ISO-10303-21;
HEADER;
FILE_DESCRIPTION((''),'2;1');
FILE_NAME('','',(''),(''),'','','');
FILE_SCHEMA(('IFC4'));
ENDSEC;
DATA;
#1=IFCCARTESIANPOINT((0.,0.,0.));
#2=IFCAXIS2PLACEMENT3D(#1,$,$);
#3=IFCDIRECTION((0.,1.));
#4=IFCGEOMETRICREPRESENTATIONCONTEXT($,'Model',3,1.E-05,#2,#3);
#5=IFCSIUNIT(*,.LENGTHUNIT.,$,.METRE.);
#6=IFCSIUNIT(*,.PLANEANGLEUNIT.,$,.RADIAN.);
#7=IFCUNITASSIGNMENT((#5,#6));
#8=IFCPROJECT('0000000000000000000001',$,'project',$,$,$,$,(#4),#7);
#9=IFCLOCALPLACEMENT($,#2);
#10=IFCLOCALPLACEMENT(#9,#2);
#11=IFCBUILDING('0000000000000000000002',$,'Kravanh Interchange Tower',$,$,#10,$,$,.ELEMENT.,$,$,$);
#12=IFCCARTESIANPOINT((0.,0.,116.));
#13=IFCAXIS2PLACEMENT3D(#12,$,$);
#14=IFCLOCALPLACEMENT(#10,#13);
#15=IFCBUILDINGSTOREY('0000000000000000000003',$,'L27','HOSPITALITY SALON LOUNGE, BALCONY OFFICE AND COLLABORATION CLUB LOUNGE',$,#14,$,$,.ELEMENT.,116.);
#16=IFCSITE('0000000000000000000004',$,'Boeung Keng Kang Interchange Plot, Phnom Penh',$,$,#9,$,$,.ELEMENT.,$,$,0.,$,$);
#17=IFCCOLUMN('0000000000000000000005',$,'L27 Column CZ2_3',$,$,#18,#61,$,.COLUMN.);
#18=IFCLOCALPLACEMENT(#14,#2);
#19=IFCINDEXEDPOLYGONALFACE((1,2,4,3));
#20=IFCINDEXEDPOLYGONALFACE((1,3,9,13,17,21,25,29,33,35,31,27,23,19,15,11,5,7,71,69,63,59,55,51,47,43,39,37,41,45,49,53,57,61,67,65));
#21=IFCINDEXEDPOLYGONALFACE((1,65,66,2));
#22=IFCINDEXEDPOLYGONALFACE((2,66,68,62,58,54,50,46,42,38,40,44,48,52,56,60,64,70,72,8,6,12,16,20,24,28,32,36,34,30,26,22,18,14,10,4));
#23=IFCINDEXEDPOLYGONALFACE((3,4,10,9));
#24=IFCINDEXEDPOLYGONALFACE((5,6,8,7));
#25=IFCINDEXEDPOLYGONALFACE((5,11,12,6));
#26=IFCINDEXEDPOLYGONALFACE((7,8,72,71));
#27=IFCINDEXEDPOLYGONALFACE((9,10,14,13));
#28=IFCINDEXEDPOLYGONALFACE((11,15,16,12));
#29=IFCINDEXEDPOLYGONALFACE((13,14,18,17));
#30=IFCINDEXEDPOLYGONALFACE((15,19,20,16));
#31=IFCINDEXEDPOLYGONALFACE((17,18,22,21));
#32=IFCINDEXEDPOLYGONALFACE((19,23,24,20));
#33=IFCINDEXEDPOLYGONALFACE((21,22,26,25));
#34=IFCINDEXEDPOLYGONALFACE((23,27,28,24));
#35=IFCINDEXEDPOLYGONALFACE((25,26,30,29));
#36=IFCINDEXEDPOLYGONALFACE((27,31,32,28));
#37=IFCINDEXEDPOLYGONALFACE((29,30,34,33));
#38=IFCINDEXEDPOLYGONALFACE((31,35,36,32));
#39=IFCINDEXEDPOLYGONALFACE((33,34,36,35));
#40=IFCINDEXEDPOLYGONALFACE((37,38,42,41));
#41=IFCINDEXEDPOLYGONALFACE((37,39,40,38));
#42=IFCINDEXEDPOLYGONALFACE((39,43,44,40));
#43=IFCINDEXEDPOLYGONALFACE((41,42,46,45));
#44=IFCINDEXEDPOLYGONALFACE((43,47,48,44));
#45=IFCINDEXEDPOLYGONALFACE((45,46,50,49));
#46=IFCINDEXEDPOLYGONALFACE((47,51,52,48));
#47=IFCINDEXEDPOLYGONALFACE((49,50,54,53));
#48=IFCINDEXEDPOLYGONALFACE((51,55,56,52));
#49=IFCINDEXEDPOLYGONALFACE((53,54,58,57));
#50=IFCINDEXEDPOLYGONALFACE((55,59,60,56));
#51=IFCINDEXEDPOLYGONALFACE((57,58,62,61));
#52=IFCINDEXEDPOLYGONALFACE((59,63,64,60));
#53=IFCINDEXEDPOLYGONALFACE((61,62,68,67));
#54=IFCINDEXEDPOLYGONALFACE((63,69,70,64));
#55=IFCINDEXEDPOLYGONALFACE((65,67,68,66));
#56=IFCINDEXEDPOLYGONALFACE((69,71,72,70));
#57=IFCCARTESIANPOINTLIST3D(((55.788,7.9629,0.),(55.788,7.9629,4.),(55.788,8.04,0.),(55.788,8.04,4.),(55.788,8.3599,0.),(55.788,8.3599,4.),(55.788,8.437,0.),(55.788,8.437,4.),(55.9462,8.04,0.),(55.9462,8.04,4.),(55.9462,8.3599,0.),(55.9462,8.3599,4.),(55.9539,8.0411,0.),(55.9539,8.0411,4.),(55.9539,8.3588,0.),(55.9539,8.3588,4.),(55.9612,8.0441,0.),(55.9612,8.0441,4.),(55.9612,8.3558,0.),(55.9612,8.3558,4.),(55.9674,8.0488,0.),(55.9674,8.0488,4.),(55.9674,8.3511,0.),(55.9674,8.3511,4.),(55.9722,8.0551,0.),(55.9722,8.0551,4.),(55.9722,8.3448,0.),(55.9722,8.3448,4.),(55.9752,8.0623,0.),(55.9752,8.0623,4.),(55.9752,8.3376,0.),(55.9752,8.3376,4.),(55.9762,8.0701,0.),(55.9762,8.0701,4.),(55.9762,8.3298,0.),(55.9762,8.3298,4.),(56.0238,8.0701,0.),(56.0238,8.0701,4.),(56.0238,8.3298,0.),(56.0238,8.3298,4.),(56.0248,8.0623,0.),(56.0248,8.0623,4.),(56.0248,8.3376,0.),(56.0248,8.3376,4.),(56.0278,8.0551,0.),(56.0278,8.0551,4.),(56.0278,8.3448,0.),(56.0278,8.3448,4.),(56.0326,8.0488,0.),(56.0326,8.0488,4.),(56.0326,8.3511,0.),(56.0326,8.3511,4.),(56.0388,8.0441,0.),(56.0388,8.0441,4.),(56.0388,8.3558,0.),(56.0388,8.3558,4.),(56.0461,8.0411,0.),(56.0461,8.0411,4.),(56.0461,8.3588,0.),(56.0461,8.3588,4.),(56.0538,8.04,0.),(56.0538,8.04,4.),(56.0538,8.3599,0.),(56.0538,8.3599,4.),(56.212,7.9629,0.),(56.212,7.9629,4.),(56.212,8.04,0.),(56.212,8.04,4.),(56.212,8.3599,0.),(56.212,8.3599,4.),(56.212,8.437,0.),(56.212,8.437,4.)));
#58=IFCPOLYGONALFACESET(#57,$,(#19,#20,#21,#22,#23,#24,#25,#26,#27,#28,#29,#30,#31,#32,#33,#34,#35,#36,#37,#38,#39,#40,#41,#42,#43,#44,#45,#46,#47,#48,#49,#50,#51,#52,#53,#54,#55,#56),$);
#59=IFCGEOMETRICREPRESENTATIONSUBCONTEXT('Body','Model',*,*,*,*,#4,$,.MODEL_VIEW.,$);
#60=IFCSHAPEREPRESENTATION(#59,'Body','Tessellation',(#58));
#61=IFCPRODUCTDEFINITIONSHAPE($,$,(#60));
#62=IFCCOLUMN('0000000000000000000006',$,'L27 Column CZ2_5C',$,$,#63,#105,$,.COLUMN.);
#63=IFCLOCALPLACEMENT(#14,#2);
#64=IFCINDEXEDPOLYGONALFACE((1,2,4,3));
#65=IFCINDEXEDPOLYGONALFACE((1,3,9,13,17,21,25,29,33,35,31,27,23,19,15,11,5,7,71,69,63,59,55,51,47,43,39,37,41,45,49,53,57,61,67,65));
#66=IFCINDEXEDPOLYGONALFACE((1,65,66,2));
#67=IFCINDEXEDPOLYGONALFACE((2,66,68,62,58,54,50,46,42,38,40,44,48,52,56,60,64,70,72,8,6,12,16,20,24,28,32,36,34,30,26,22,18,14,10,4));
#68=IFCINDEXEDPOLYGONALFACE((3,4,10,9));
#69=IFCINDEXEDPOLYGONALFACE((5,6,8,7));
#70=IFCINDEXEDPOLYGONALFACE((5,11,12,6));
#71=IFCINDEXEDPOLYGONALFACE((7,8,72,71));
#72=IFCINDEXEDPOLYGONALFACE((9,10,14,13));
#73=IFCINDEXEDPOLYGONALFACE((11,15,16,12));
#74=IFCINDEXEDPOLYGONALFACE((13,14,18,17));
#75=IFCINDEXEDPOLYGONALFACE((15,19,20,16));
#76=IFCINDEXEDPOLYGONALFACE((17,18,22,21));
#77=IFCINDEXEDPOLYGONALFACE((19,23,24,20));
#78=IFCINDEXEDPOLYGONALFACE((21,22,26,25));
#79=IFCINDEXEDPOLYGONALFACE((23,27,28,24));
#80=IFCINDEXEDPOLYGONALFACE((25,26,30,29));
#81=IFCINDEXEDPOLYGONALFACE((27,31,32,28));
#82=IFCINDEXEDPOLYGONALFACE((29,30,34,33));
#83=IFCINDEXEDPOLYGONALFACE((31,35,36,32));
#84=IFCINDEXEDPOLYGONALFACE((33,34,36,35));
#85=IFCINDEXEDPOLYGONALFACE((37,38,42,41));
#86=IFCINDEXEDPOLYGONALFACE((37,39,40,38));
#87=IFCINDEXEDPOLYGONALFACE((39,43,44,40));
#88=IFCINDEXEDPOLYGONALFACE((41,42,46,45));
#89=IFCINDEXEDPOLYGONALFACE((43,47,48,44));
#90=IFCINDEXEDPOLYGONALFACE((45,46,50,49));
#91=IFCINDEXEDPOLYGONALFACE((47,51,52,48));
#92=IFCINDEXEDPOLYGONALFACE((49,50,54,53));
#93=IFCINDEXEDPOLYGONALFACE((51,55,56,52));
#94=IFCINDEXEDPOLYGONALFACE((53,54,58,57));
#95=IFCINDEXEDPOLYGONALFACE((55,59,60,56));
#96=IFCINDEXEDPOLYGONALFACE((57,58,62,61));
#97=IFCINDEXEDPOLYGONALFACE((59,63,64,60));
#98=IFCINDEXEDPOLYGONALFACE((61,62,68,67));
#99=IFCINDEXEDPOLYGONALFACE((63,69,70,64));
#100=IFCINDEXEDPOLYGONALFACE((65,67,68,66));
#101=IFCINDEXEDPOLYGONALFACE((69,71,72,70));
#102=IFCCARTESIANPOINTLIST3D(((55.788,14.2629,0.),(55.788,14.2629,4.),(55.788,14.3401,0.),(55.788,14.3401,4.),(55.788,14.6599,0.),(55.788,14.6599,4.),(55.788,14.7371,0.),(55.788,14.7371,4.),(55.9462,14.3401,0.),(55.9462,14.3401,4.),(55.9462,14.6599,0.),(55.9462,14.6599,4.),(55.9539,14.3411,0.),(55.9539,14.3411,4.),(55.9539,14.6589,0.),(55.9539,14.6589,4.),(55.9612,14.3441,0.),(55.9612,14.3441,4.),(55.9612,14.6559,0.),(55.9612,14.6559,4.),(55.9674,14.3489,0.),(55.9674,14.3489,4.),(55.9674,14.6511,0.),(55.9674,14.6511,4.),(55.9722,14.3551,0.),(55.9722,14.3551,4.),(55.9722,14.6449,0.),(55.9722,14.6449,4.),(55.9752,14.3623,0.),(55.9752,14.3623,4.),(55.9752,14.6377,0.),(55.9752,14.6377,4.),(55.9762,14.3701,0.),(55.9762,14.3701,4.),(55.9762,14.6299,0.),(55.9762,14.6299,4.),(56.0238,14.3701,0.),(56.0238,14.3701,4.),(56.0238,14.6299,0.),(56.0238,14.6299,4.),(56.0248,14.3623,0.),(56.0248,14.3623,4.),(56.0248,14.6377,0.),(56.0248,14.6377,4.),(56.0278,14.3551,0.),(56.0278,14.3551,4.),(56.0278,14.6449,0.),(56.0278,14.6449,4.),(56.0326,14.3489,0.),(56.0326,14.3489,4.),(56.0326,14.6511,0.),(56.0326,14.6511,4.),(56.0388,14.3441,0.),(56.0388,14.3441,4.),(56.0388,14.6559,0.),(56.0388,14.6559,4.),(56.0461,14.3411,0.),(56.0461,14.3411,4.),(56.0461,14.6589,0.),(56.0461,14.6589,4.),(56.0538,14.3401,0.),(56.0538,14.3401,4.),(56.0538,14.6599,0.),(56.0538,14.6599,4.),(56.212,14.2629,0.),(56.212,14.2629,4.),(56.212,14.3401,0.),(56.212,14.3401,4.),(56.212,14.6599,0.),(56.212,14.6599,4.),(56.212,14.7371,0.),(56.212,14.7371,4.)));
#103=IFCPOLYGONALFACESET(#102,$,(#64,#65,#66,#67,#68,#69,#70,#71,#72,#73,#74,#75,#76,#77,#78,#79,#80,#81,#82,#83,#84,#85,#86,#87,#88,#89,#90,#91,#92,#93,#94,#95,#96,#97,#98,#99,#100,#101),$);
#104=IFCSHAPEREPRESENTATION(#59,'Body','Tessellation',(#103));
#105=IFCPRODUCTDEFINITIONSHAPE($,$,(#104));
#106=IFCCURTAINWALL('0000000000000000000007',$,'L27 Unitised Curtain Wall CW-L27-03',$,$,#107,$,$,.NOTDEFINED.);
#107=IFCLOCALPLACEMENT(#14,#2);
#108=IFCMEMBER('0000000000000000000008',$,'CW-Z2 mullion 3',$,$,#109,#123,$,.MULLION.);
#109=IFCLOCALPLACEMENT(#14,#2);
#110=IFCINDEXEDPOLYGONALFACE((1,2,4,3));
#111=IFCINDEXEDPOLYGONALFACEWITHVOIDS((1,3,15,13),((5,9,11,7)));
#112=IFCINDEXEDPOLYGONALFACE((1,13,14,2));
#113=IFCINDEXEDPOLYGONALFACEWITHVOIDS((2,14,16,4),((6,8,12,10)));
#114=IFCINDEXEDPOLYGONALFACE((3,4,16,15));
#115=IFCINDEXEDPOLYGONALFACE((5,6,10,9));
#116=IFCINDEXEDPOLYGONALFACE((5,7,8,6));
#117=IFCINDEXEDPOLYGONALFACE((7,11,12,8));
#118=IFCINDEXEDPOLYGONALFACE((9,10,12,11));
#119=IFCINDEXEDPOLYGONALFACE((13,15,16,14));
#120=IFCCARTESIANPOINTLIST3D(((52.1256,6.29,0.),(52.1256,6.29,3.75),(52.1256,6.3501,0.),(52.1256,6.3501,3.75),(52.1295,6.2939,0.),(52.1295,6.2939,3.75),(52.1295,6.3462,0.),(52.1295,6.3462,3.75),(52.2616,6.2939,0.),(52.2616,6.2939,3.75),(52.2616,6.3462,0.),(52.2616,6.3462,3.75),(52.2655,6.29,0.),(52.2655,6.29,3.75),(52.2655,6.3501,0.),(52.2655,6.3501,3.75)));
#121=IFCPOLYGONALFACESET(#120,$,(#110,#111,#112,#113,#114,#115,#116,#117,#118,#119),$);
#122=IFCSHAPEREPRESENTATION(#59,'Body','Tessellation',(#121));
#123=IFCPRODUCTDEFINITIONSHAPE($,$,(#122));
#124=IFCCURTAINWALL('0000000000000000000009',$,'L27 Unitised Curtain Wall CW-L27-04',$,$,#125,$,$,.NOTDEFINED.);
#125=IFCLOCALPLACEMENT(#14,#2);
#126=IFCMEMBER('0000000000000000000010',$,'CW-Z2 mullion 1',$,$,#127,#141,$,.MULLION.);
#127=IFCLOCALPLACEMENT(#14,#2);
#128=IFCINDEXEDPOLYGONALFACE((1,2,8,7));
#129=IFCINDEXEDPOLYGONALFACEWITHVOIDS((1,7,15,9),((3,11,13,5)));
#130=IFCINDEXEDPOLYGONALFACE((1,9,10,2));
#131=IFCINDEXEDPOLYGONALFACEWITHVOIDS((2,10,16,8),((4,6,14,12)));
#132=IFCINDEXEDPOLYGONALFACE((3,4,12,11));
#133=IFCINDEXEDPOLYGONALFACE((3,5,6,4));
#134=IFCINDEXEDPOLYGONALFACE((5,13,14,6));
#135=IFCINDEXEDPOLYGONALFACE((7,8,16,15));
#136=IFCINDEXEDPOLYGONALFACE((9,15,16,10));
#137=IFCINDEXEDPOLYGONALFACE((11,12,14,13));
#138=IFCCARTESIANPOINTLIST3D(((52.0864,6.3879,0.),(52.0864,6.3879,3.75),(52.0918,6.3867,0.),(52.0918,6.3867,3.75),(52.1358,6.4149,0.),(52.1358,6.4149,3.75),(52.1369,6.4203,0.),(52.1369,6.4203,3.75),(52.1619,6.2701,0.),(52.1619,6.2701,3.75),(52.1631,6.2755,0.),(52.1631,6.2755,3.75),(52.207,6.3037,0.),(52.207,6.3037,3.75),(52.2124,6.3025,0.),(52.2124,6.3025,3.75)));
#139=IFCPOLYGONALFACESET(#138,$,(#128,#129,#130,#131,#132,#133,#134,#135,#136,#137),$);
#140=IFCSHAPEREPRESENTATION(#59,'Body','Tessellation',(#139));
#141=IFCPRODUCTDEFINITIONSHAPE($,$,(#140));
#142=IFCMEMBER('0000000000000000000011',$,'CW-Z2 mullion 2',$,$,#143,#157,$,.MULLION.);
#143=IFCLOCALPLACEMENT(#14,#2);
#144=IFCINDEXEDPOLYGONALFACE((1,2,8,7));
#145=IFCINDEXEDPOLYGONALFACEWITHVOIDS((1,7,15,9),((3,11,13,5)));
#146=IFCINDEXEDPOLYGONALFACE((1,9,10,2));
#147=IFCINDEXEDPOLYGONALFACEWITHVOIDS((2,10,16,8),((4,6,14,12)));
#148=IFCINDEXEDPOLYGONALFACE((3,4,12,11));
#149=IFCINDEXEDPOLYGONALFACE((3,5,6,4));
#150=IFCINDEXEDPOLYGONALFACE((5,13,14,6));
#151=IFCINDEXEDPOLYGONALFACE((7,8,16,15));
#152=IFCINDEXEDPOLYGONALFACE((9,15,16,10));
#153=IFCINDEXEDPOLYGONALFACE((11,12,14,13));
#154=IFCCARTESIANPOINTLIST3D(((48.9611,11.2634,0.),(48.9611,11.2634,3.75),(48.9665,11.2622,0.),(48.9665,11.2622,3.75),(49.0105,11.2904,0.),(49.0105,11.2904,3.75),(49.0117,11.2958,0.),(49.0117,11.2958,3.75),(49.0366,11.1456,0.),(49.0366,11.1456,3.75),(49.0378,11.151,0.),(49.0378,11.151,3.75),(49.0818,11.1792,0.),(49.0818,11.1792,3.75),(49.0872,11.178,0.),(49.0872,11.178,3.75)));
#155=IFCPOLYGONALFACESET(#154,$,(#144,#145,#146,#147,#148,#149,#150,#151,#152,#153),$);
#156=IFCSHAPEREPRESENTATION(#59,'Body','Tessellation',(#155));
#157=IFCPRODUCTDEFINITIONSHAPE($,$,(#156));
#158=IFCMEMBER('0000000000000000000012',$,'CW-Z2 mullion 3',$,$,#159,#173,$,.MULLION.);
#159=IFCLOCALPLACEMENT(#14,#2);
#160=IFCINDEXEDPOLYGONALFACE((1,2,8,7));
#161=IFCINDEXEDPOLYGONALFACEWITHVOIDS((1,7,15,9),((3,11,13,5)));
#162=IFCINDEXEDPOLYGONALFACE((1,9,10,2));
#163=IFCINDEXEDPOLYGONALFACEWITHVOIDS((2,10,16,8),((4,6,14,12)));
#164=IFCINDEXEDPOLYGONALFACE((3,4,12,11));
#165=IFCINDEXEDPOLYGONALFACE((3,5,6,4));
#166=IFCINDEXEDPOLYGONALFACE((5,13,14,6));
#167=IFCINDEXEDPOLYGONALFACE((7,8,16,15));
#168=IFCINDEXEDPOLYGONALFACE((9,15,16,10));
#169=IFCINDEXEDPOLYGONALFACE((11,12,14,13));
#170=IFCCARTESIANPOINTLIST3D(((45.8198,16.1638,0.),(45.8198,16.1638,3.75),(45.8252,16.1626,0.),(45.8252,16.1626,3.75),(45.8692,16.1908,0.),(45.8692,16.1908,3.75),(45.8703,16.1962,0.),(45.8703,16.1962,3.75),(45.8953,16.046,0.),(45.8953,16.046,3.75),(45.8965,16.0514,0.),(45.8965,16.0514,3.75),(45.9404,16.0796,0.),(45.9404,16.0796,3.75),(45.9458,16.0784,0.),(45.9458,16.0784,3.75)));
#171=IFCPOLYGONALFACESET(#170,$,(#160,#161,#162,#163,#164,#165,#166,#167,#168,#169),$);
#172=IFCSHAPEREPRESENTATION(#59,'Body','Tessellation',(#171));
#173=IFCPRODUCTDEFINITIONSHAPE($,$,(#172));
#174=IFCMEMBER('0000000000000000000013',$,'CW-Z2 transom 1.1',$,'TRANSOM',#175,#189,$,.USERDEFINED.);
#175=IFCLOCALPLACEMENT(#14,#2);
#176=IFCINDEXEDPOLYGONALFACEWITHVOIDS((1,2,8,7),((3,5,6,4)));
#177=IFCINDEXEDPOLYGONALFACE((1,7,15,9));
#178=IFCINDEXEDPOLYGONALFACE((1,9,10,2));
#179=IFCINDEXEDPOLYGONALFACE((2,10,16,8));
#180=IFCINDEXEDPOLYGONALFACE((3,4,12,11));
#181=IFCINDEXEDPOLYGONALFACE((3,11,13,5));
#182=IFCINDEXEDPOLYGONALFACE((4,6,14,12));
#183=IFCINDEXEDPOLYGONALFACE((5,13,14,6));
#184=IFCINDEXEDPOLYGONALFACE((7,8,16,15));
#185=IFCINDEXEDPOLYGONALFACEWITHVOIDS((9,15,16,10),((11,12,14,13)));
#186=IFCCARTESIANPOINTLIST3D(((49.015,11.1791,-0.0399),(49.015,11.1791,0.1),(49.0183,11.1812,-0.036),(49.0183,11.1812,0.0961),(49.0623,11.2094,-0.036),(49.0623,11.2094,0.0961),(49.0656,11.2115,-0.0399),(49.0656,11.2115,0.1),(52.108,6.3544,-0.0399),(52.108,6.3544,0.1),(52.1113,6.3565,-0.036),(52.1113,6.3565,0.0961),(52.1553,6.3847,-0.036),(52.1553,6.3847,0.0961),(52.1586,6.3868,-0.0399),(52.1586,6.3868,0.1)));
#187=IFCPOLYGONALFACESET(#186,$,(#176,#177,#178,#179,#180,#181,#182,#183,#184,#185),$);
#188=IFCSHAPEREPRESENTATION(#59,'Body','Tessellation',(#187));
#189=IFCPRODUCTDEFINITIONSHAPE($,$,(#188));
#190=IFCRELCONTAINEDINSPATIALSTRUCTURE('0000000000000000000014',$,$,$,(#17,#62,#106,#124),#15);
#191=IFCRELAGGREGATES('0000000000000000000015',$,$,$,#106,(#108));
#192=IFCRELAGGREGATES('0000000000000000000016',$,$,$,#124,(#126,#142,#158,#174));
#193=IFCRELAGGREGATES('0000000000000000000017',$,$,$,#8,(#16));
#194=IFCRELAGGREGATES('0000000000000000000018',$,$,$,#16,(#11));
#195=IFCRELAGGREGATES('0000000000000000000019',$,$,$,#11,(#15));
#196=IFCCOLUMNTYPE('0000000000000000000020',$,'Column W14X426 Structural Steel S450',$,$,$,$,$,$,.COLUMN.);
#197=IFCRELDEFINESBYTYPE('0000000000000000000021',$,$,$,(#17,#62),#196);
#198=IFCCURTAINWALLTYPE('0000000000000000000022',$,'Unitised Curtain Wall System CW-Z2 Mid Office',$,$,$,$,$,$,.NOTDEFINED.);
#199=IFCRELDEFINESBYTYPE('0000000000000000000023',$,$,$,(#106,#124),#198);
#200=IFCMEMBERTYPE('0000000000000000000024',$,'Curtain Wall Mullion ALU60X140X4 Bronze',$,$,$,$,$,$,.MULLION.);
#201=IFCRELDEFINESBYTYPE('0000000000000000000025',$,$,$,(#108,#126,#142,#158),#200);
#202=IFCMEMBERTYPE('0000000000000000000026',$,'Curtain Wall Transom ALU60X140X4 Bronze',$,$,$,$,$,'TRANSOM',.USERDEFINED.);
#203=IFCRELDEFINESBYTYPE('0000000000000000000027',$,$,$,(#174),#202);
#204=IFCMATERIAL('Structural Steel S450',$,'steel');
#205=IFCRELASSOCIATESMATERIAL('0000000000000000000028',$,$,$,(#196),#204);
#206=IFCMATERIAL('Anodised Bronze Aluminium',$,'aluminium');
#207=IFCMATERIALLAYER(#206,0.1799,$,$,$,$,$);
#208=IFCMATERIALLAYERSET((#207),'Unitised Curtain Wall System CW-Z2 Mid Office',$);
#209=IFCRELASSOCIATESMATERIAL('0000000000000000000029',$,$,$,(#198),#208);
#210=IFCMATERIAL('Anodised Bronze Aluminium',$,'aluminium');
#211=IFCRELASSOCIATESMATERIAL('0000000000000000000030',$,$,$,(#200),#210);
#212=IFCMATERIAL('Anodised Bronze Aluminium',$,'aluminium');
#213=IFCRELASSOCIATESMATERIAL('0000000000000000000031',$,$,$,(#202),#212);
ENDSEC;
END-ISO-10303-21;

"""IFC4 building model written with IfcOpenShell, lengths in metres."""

from ifc_helpers import new_model, si_unit, direction, frame, origin, origin_2d, place, context, subcontext, project, spatial, hollow_rectangle, i_section, extrude, material, layer, layer_set, material_profile, profile_set, type_object, element, aggregate, save


model = new_model("IFC4")

# Units and contexts
model_context = context("Model", 3, precision=1e-05, world=origin(), true_north=direction((0.0, 1.0)))
body_context = subcontext(model_context, "Body", "Model", "MODEL_VIEW")
ifc_project = project(units=[si_unit("LENGTHUNIT", "METRE"), si_unit("PLANEANGLEUNIT", "RADIAN")], contexts=[model_context])

# Site, building, storey
site_placement = place(None, origin())
site = spatial("IfcSite", under=ifc_project, at=site_placement, Name="Boeung Keng Kang Interchange Plot, Phnom Penh", CompositionType="ELEMENT", RefElevation=0.0)
building_placement = place(site_placement, origin())
building = spatial("IfcBuilding", under=site, at=building_placement, Name="Kravanh Interchange Tower", CompositionType="ELEMENT")
storey_placement = place(building_placement, frame((0.0, 0.0, 116.0)))
storey = spatial("IfcBuildingStorey", under=building, at=storey_placement, Name="L27", Description="HOSPITALITY SALON LOUNGE, BALCONY OFFICE AND COLLABORATION CLUB LOUNGE", CompositionType="ELEMENT", Elevation=116.0)

# Columns
ifc_material_1 = material(Name="Structural Steel S450", Category="steel")
ifc_material_profile_1 = material_profile(ifc_material_1, i_section(OverallWidth=0.4241, OverallDepth=0.4741, WebThickness=0.0476, FlangeThickness=0.0771, FilletRadius=0.03, at=origin_2d()), Name="W14X426")
ifc_profile_set_1 = profile_set([ifc_material_profile_1], Name="Structural Steel S450")
column_type = type_object("IfcColumnType", Name="Column W14X426 Structural Steel S450", PredefinedType="COLUMN", material=ifc_profile_set_1)
for number, where, z_axis, x_axis, name in (
    (1, (56.0, 8.2, 0.0), (0.0, 0.0, 1.0), (1.0, 0.0, 0.0), "L27 Column CZ2_3"),
    (2, (56.0, 14.5, 0.0), (0.0, 0.0, 1.0), (1.0, 0.0, 0.0), "L27 Column CZ2_5C"),
):
    element("IfcColumn", number, at=place(storey_placement, frame(where, z_axis=z_axis, x_axis=x_axis)), inside=storey, type_object=column_type, Name=name, PredefinedType="COLUMN", context=body_context, shape_type="SweptSolid", body=[
        extrude(i_section(OverallWidth=0.4241, OverallDepth=0.4741, WebThickness=0.0476, FlangeThickness=0.0771, FilletRadius=0.03, at=origin_2d()), origin(), (0.0, 0.0, 1.0), 4.0),
    ])

# Curtain wall, member
ifc_material_2 = material(Name="Anodised Bronze Aluminium", Category="aluminium")
ifc_layer_1 = layer(ifc_material_2, 0.1799)
ifc_layer_set_1 = layer_set([ifc_layer_1], Name="Unitised Curtain Wall System CW-Z2 Mid Office")
curtain_wall_type = type_object("IfcCurtainWallType", Name="Unitised Curtain Wall System CW-Z2 Mid Office", PredefinedType="NOTDEFINED", material=ifc_layer_set_1)
curtain_wall_1_placement = place(storey_placement, origin())
curtain_wall_1 = element("IfcCurtainWall", 3, at=curtain_wall_1_placement, inside=storey, type_object=curtain_wall_type, Name="L27 Unitised Curtain Wall CW-L27-03", PredefinedType="NOTDEFINED")
ifc_material_3 = material(Name="Anodised Bronze Aluminium", Category="aluminium")
ifc_material_profile_2 = material_profile(ifc_material_3, hollow_rectangle(XDim=0.0601, YDim=0.1399, WallThickness=0.0039, at=origin_2d()), Name="ALU60X140X4")
ifc_profile_set_2 = profile_set([ifc_material_profile_2], Name="Anodised Bronze Aluminium")
member_type_1 = type_object("IfcMemberType", Name="Curtain Wall Mullion ALU60X140X4 Bronze", PredefinedType="MULLION", material=ifc_profile_set_2)
member_1_placement = place(storey_placement, frame((52.1956, 6.3201, 0.0), z_axis=(0.0, 0.0, 1.0), x_axis=(0.0, -1.0, 0.0)))
member_1 = element("IfcMember", 4, at=member_1_placement, type_object=member_type_1, Name="CW-Z2 mullion 3", PredefinedType="MULLION", context=body_context, shape_type="SweptSolid", body=[
    extrude(hollow_rectangle(XDim=0.0601, YDim=0.1399, WallThickness=0.0039, at=origin_2d()), origin(), (0.0, 0.0, 1.0), 3.75),
])

# Curtain wall, members
curtain_wall_2_placement = place(storey_placement, origin())
curtain_wall_2 = element("IfcCurtainWall", 5, at=curtain_wall_2_placement, inside=storey, type_object=curtain_wall_type, Name="L27 Unitised Curtain Wall CW-L27-04", PredefinedType="NOTDEFINED")
member_2_placement = place(storey_placement, frame((52.1494, 6.3452, 0.0), z_axis=(0.0, 0.0, 1.0), x_axis=(-0.84188, -0.539665, 0.0)))
member_2 = element("IfcMember", 6, at=member_2_placement, type_object=member_type_1, Name="CW-Z2 mullion 1", PredefinedType="MULLION", context=body_context, shape_type="SweptSolid", body=[
    extrude(hollow_rectangle(XDim=0.0601, YDim=0.1399, WallThickness=0.0039, at=origin_2d()), origin(), (0.0, 0.0, 1.0), 3.75),
])
member_3_placement = place(storey_placement, frame((49.0242, 11.2207, 0.0), z_axis=(0.0, 0.0, 1.0), x_axis=(-0.84188, -0.539665, 0.0)))
member_3 = element("IfcMember", 7, at=member_3_placement, type_object=member_type_1, Name="CW-Z2 mullion 2", PredefinedType="MULLION", context=body_context, shape_type="SweptSolid", body=[
    extrude(hollow_rectangle(XDim=0.0601, YDim=0.1399, WallThickness=0.0039, at=origin_2d()), origin(), (0.0, 0.0, 1.0), 3.75),
])
member_4_placement = place(storey_placement, frame((45.8828, 16.1211, 0.0), z_axis=(0.0, 0.0, 1.0), x_axis=(-0.84188, -0.539665, 0.0)))
member_4 = element("IfcMember", 8, at=member_4_placement, type_object=member_type_1, Name="CW-Z2 mullion 3", PredefinedType="MULLION", context=body_context, shape_type="SweptSolid", body=[
    extrude(hollow_rectangle(XDim=0.0601, YDim=0.1399, WallThickness=0.0039, at=origin_2d()), origin(), (0.0, 0.0, 1.0), 3.75),
])
ifc_material_4 = material(Name="Anodised Bronze Aluminium", Category="aluminium")
ifc_material_profile_3 = material_profile(ifc_material_4, hollow_rectangle(XDim=0.0601, YDim=0.1399, WallThickness=0.0039, at=origin_2d()), Name="ALU60X140X4")
ifc_profile_set_3 = profile_set([ifc_material_profile_3], Name="Anodised Bronze Aluminium")
member_type_2 = type_object("IfcMemberType", Name="Curtain Wall Transom ALU60X140X4 Bronze", ElementType="TRANSOM", PredefinedType="USERDEFINED", material=ifc_profile_set_3)
member_5_placement = place(storey_placement, frame((52.1333, 6.3706, 0.03), z_axis=(-0.539698, 0.841859, 0.0), x_axis=(-0.841859, -0.539698, 0.0)))
member_5 = element("IfcMember", 9, at=member_5_placement, type_object=member_type_2, Name="CW-Z2 transom 1.1", ObjectType="TRANSOM", PredefinedType="USERDEFINED", context=body_context, shape_type="SweptSolid", body=[
    extrude(hollow_rectangle(XDim=0.0601, YDim=0.1399, WallThickness=0.0039, at=origin_2d()), origin(), (0.0, 0.0, 1.0), 5.731),
])

aggregate(curtain_wall_1, [member_1])
aggregate(curtain_wall_2, [member_2, member_3, member_4, member_5])

save(model, "model.ifc")
